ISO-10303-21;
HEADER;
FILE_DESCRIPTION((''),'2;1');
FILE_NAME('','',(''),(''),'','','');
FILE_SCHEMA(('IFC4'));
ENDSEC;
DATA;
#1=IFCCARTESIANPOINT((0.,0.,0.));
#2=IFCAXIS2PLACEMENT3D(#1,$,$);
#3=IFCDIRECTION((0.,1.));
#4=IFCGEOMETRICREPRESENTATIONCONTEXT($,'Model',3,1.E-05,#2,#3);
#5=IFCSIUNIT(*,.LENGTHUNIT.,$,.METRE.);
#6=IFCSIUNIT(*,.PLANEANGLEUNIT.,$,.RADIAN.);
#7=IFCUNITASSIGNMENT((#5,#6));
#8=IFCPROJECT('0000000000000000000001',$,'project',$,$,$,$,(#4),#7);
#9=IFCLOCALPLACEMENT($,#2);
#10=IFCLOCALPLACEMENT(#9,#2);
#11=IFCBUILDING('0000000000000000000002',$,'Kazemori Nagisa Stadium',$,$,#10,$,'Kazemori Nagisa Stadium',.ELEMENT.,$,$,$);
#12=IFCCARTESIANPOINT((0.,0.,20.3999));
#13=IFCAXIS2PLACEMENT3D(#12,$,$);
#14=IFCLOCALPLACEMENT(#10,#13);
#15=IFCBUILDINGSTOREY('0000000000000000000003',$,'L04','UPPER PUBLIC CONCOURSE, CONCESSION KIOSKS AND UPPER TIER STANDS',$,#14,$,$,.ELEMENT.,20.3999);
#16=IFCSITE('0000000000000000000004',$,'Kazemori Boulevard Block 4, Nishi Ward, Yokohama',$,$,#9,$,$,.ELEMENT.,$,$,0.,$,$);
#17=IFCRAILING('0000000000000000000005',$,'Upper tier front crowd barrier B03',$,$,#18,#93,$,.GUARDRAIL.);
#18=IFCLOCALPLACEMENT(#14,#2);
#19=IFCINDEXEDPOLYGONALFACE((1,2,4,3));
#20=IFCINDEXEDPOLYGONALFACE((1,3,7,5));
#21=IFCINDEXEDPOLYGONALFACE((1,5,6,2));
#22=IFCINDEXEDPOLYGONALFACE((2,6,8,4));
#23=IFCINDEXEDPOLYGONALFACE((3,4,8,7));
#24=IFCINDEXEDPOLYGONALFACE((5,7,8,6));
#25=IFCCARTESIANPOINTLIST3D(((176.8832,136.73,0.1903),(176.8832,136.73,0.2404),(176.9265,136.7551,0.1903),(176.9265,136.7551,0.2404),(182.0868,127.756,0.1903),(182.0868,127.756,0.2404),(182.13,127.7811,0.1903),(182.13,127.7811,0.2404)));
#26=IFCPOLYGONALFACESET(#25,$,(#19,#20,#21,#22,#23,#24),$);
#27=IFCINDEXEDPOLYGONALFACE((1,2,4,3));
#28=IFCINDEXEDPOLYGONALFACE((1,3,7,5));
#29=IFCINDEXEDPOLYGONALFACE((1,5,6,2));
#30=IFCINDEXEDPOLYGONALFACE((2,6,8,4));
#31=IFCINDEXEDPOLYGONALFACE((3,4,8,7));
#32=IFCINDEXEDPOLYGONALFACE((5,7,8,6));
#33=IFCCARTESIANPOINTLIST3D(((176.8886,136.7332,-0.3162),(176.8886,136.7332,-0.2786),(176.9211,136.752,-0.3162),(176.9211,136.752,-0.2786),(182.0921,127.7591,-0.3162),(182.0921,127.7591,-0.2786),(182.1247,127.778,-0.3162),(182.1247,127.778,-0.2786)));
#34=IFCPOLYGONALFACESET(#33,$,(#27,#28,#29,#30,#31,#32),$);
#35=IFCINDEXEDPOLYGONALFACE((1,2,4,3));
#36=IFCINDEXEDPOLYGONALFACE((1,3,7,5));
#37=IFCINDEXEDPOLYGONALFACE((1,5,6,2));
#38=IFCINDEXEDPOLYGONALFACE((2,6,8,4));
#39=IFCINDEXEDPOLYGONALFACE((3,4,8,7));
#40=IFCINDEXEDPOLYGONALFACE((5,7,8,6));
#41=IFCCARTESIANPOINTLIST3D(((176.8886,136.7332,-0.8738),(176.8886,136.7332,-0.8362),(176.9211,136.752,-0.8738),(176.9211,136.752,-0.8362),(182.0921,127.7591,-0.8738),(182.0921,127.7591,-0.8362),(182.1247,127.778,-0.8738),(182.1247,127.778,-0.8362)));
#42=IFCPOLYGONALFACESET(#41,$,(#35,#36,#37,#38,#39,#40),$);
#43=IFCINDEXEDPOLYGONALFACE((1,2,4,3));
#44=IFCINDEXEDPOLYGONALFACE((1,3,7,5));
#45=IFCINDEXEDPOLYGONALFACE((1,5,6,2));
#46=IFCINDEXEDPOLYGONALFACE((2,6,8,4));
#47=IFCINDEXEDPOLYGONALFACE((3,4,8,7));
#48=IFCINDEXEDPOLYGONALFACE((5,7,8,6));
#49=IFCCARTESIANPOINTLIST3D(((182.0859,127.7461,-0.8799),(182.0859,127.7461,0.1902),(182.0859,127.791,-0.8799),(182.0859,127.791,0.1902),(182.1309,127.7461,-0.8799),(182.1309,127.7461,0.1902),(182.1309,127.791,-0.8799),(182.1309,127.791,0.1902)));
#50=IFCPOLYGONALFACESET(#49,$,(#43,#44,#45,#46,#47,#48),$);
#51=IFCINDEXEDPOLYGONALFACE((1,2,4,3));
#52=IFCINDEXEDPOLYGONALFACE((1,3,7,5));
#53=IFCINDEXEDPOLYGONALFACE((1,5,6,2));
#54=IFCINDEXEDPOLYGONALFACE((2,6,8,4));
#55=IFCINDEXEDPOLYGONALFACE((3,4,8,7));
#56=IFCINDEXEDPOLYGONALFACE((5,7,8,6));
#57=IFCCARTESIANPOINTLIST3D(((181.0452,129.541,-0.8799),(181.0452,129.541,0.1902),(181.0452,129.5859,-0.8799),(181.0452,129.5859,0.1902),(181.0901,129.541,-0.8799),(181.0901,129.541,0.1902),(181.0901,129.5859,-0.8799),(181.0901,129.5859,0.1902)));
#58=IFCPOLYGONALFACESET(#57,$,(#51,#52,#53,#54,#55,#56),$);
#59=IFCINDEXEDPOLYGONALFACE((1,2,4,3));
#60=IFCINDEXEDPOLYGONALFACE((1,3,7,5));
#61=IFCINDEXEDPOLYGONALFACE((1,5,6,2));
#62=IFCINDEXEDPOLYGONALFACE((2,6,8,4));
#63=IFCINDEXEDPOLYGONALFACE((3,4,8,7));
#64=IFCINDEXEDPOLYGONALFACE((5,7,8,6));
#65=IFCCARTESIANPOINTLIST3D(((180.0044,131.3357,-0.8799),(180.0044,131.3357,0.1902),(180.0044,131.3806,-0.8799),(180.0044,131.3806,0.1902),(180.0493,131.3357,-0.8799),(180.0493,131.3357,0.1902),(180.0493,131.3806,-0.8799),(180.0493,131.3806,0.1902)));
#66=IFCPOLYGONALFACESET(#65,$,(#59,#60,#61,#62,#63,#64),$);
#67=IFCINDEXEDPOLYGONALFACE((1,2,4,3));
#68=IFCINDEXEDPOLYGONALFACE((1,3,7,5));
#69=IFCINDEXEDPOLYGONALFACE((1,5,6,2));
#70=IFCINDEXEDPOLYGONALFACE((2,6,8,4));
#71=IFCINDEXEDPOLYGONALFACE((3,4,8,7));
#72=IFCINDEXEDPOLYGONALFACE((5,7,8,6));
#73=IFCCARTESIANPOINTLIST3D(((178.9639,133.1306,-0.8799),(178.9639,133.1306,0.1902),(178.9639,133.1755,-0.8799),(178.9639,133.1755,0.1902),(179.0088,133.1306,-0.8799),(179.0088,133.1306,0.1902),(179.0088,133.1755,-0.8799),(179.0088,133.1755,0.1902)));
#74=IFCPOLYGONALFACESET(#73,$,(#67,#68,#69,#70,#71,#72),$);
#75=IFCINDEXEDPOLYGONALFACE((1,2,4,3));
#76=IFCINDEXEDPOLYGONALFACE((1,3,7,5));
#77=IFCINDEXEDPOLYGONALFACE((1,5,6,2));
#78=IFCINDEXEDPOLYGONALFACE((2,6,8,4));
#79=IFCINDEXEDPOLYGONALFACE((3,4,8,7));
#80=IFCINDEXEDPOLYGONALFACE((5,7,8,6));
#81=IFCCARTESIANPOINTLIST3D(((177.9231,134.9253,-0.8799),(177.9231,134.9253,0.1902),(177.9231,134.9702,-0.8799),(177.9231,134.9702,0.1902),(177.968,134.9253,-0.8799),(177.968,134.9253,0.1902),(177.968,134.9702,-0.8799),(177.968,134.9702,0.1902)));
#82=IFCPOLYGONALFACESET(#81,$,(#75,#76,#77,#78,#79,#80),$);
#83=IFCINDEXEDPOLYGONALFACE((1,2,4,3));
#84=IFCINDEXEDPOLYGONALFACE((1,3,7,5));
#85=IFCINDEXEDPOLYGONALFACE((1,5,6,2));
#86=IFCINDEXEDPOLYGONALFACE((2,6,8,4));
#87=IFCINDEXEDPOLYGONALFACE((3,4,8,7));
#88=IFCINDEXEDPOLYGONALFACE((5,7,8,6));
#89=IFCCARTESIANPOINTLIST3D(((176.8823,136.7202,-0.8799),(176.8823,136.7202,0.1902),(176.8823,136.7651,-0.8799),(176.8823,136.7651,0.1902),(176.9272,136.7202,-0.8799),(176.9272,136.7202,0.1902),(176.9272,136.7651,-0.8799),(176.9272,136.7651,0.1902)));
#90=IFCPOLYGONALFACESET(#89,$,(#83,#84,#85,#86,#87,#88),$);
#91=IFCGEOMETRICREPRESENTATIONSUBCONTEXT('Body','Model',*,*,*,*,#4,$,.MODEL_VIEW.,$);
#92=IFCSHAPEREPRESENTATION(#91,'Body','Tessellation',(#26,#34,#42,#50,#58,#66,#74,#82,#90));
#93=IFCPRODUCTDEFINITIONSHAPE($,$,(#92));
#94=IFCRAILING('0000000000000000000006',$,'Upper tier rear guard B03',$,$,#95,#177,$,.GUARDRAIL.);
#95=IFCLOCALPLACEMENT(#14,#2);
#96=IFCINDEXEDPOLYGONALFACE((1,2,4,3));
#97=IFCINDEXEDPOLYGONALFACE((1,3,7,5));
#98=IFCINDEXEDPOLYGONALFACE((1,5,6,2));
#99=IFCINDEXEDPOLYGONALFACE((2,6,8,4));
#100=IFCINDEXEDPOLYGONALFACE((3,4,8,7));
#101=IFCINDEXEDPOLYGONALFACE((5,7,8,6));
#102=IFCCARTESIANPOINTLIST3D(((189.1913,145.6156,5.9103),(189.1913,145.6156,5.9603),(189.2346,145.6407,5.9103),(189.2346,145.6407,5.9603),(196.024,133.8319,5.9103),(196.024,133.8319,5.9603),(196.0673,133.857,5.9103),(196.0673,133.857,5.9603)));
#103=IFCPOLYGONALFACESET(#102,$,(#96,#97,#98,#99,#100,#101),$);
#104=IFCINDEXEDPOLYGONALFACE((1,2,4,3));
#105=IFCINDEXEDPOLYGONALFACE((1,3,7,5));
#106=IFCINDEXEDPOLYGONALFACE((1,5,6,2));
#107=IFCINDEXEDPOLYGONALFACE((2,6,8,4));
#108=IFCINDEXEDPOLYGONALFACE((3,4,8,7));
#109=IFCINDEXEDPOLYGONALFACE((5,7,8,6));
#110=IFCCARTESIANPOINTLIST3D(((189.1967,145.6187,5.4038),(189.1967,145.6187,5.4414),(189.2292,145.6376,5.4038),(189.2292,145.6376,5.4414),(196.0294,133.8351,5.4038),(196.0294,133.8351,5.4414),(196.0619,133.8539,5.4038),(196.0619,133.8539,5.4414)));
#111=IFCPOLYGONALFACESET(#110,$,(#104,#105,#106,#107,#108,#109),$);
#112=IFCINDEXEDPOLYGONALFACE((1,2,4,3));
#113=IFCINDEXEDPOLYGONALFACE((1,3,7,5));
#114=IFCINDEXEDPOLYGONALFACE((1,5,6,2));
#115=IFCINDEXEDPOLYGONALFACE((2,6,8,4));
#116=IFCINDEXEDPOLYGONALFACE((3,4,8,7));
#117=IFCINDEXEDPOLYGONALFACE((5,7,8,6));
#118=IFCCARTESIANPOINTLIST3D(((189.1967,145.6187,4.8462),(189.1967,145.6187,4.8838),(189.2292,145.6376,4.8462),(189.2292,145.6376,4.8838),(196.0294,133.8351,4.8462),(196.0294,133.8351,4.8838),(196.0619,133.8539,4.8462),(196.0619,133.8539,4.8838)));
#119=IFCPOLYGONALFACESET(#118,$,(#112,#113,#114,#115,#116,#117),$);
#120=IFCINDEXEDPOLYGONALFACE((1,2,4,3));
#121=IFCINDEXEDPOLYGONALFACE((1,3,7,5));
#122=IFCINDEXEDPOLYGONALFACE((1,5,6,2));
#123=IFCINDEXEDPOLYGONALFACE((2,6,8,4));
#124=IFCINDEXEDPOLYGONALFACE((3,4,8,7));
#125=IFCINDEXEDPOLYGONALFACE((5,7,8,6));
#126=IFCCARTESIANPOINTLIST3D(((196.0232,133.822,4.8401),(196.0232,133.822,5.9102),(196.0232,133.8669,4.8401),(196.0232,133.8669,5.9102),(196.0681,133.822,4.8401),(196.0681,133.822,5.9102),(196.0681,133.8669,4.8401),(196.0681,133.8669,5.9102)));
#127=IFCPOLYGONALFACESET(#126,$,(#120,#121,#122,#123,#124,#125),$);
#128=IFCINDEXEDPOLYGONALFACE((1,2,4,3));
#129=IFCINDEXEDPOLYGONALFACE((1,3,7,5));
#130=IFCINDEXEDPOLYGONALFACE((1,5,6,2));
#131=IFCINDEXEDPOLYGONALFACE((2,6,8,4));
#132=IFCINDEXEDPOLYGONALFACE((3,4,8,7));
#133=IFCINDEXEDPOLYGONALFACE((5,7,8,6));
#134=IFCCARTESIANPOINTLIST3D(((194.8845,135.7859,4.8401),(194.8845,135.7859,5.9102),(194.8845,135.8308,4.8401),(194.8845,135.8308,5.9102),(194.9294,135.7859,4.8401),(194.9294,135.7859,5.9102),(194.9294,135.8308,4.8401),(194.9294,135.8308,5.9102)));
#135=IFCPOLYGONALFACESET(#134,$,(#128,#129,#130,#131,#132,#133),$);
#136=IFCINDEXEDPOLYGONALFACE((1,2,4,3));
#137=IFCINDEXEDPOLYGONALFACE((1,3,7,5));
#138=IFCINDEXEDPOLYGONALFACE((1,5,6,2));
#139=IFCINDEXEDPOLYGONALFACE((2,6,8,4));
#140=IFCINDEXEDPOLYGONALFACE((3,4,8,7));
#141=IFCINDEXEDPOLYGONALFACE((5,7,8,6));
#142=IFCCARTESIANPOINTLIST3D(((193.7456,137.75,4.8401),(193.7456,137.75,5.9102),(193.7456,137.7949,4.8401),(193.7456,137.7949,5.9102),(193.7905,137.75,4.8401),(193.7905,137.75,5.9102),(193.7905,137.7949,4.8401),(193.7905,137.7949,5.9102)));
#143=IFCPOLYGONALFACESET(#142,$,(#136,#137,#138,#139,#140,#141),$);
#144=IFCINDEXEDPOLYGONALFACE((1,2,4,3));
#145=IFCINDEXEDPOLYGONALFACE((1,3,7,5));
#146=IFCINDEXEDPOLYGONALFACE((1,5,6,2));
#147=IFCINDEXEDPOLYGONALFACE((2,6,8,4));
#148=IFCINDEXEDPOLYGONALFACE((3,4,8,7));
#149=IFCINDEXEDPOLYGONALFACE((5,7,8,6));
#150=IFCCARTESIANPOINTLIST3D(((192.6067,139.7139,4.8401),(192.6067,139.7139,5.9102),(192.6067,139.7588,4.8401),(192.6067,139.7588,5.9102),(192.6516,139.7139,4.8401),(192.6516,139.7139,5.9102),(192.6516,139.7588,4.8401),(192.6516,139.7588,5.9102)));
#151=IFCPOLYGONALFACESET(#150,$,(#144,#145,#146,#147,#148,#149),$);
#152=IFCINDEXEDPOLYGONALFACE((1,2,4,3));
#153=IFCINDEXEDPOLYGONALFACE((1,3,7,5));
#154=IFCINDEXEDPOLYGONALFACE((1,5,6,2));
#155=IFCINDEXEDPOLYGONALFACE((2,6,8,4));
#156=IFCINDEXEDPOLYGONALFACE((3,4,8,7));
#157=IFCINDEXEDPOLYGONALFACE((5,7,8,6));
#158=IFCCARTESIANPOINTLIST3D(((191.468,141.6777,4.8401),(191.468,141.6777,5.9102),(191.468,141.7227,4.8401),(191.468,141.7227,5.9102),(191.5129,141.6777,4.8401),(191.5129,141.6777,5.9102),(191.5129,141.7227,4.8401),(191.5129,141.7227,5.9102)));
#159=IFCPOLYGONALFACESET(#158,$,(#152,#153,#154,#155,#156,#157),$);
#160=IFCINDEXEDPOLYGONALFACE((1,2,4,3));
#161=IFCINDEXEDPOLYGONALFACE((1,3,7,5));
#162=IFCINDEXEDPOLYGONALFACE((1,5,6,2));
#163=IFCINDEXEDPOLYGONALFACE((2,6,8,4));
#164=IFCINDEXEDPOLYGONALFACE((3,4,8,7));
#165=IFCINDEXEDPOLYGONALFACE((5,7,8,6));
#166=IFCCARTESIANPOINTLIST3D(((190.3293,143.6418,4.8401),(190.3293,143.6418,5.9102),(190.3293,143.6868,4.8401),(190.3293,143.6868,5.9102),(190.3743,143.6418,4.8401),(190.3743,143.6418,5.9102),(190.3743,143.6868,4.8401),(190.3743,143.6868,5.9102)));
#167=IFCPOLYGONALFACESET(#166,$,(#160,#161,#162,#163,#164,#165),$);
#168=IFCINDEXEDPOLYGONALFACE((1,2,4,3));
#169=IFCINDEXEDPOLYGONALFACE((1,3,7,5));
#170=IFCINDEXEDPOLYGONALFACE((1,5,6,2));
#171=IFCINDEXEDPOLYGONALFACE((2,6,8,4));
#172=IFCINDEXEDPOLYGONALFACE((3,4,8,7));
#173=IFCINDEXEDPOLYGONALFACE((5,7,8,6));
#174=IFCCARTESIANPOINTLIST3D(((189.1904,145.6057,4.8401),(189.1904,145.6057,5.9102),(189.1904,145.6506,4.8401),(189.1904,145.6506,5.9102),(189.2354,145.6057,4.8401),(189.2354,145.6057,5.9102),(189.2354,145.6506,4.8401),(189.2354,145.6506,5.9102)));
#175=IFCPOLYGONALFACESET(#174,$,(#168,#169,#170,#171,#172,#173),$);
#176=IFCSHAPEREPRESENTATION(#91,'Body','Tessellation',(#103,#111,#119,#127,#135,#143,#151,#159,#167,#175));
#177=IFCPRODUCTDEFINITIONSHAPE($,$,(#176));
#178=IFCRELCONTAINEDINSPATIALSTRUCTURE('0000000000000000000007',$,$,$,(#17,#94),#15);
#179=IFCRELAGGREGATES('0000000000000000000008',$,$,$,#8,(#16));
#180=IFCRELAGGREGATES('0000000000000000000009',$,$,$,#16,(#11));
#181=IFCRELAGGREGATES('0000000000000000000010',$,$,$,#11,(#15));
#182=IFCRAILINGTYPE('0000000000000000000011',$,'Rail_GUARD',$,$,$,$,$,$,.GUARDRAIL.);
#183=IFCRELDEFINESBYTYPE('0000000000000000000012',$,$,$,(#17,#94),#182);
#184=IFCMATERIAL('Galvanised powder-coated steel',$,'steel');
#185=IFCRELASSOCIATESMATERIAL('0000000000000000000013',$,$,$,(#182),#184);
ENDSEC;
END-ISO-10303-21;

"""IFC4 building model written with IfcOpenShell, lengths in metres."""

from ifc_helpers import new_model, si_unit, direction, frame, origin, origin_2d, place, context, subcontext, project, spatial, rectangle, extrude, material, type_object, element, save


model = new_model("IFC4")

# Units and contexts
model_context = context("Model", 3, precision=1e-05, world=origin(), true_north=direction((0.0, 1.0)))
body_context = subcontext(model_context, "Body", "Model", "MODEL_VIEW")
ifc_project = project(units=[si_unit("LENGTHUNIT", "METRE"), si_unit("PLANEANGLEUNIT", "RADIAN")], contexts=[model_context])

# Site, building, storey
site_placement = place(None, origin())
site = spatial("IfcSite", under=ifc_project, at=site_placement, Name="Kazemori Boulevard Block 4, Nishi Ward, Yokohama", CompositionType="ELEMENT", RefElevation=0.0)
building_placement = place(site_placement, origin())
building = spatial("IfcBuilding", under=site, at=building_placement, Name="Kazemori Nagisa Stadium", LongName="Kazemori Nagisa Stadium", CompositionType="ELEMENT")
storey_placement = place(building_placement, frame((0.0, 0.0, 20.3999)))
storey = spatial("IfcBuildingStorey", under=building, at=storey_placement, Name="L04", Description="UPPER PUBLIC CONCOURSE, CONCESSION KIOSKS AND UPPER TIER STANDS", CompositionType="ELEMENT", Elevation=20.3999)

# Railings
ifc_material_1 = material(Name="Galvanised powder-coated steel", Category="steel")
railing_type_1 = type_object("IfcRailingType", Name="Rail_GUARD", PredefinedType="GUARDRAIL", material=ifc_material_1)
railing_1_placement = place(storey_placement, frame((182.1084, 127.7686, -0.8799)))
element("IfcRailing", 1, at=railing_1_placement, inside=storey, type_object=railing_type_1, Name="Upper tier front crowd barrier B03", PredefinedType="GUARDRAIL", context=body_context, shape_type="SweptSolid", body=[
    extrude(rectangle(XDim=0.05, YDim=0.05, at=origin_2d()), frame((0.0, 0.0, 1.0952), z_axis=(-0.501619, 0.865089, 0.0), x_axis=(-0.865089, -0.501619, 0.0)), (0.0, 0.0, 1.0), 10.3735),
    extrude(rectangle(XDim=0.0376, YDim=0.0376, at=origin_2d()), frame((0.0, 0.0, 0.5825), z_axis=(-0.501619, 0.865089, 0.0), x_axis=(-0.865089, -0.501619, 0.0)), (0.0, 0.0, 1.0), 10.3735),
    extrude(rectangle(XDim=0.0376, YDim=0.0376, at=origin_2d()), frame((0.0, 0.0, 0.0249), z_axis=(-0.501619, 0.865089, 0.0), x_axis=(-0.865089, -0.501619, 0.0)), (0.0, 0.0, 1.0), 10.3735),
    extrude(rectangle(XDim=0.0449, YDim=0.0449, at=origin_2d()), origin(), (0.0, 0.0, 1.0), 1.0701),
    extrude(rectangle(XDim=0.0449, YDim=0.0449, at=origin_2d()), frame((-1.0408, 1.7949, 0.0)), (0.0, 0.0, 1.0), 1.0701),
    extrude(rectangle(XDim=0.0449, YDim=0.0449, at=origin_2d()), frame((-2.0815, 3.5896, 0.0)), (0.0, 0.0, 1.0), 1.0701),
    extrude(rectangle(XDim=0.0449, YDim=0.0449, at=origin_2d()), frame((-3.1221, 5.3845, 0.0)), (0.0, 0.0, 1.0), 1.0701),
    extrude(rectangle(XDim=0.0449, YDim=0.0449, at=origin_2d()), frame((-4.1628, 7.1792, 0.0)), (0.0, 0.0, 1.0), 1.0701),
    extrude(rectangle(XDim=0.0449, YDim=0.0449, at=origin_2d()), frame((-5.2036, 8.9741, 0.0)), (0.0, 0.0, 1.0), 1.0701),
])
railing_2_placement = place(storey_placement, frame((196.0457, 133.8445, 4.8401)))
element("IfcRailing", 2, at=railing_2_placement, inside=storey, type_object=railing_type_1, Name="Upper tier rear guard B03", PredefinedType="GUARDRAIL", context=body_context, shape_type="SweptSolid", body=[
    extrude(rectangle(XDim=0.05, YDim=0.05, at=origin_2d()), frame((0.0, 0.0, 1.0952), z_axis=(-0.50162, 0.865088, 0.0), x_axis=(-0.865088, -0.50162, 0.0)), (0.0, 0.0, 1.0), 13.6213),
    extrude(rectangle(XDim=0.0376, YDim=0.0376, at=origin_2d()), frame((0.0, 0.0, 0.5825), z_axis=(-0.50162, 0.865088, 0.0), x_axis=(-0.865088, -0.50162, 0.0)), (0.0, 0.0, 1.0), 13.6213),
    extrude(rectangle(XDim=0.0376, YDim=0.0376, at=origin_2d()), frame((0.0, 0.0, 0.0249), z_axis=(-0.50162, 0.865088, 0.0), x_axis=(-0.865088, -0.50162, 0.0)), (0.0, 0.0, 1.0), 13.6213),
    extrude(rectangle(XDim=0.0449, YDim=0.0449, at=origin_2d()), origin(), (0.0, 0.0, 1.0), 1.0701),
    extrude(rectangle(XDim=0.0449, YDim=0.0449, at=origin_2d()), frame((-1.1387, 1.9639, 0.0)), (0.0, 0.0, 1.0), 1.0701),
    extrude(rectangle(XDim=0.0449, YDim=0.0449, at=origin_2d()), frame((-2.2776, 3.928, 0.0)), (0.0, 0.0, 1.0), 1.0701),
    extrude(rectangle(XDim=0.0449, YDim=0.0449, at=origin_2d()), frame((-3.4165, 5.8918, 0.0)), (0.0, 0.0, 1.0), 1.0701),
    extrude(rectangle(XDim=0.0449, YDim=0.0449, at=origin_2d()), frame((-4.5552, 7.8557, 0.0)), (0.0, 0.0, 1.0), 1.0701),
    extrude(rectangle(XDim=0.0449, YDim=0.0449, at=origin_2d()), frame((-5.6938, 9.8198, 0.0)), (0.0, 0.0, 1.0), 1.0701),
    extrude(rectangle(XDim=0.0449, YDim=0.0449, at=origin_2d()), frame((-6.8328, 11.7837, 0.0)), (0.0, 0.0, 1.0), 1.0701),
])

save(model, "model.ifc")
